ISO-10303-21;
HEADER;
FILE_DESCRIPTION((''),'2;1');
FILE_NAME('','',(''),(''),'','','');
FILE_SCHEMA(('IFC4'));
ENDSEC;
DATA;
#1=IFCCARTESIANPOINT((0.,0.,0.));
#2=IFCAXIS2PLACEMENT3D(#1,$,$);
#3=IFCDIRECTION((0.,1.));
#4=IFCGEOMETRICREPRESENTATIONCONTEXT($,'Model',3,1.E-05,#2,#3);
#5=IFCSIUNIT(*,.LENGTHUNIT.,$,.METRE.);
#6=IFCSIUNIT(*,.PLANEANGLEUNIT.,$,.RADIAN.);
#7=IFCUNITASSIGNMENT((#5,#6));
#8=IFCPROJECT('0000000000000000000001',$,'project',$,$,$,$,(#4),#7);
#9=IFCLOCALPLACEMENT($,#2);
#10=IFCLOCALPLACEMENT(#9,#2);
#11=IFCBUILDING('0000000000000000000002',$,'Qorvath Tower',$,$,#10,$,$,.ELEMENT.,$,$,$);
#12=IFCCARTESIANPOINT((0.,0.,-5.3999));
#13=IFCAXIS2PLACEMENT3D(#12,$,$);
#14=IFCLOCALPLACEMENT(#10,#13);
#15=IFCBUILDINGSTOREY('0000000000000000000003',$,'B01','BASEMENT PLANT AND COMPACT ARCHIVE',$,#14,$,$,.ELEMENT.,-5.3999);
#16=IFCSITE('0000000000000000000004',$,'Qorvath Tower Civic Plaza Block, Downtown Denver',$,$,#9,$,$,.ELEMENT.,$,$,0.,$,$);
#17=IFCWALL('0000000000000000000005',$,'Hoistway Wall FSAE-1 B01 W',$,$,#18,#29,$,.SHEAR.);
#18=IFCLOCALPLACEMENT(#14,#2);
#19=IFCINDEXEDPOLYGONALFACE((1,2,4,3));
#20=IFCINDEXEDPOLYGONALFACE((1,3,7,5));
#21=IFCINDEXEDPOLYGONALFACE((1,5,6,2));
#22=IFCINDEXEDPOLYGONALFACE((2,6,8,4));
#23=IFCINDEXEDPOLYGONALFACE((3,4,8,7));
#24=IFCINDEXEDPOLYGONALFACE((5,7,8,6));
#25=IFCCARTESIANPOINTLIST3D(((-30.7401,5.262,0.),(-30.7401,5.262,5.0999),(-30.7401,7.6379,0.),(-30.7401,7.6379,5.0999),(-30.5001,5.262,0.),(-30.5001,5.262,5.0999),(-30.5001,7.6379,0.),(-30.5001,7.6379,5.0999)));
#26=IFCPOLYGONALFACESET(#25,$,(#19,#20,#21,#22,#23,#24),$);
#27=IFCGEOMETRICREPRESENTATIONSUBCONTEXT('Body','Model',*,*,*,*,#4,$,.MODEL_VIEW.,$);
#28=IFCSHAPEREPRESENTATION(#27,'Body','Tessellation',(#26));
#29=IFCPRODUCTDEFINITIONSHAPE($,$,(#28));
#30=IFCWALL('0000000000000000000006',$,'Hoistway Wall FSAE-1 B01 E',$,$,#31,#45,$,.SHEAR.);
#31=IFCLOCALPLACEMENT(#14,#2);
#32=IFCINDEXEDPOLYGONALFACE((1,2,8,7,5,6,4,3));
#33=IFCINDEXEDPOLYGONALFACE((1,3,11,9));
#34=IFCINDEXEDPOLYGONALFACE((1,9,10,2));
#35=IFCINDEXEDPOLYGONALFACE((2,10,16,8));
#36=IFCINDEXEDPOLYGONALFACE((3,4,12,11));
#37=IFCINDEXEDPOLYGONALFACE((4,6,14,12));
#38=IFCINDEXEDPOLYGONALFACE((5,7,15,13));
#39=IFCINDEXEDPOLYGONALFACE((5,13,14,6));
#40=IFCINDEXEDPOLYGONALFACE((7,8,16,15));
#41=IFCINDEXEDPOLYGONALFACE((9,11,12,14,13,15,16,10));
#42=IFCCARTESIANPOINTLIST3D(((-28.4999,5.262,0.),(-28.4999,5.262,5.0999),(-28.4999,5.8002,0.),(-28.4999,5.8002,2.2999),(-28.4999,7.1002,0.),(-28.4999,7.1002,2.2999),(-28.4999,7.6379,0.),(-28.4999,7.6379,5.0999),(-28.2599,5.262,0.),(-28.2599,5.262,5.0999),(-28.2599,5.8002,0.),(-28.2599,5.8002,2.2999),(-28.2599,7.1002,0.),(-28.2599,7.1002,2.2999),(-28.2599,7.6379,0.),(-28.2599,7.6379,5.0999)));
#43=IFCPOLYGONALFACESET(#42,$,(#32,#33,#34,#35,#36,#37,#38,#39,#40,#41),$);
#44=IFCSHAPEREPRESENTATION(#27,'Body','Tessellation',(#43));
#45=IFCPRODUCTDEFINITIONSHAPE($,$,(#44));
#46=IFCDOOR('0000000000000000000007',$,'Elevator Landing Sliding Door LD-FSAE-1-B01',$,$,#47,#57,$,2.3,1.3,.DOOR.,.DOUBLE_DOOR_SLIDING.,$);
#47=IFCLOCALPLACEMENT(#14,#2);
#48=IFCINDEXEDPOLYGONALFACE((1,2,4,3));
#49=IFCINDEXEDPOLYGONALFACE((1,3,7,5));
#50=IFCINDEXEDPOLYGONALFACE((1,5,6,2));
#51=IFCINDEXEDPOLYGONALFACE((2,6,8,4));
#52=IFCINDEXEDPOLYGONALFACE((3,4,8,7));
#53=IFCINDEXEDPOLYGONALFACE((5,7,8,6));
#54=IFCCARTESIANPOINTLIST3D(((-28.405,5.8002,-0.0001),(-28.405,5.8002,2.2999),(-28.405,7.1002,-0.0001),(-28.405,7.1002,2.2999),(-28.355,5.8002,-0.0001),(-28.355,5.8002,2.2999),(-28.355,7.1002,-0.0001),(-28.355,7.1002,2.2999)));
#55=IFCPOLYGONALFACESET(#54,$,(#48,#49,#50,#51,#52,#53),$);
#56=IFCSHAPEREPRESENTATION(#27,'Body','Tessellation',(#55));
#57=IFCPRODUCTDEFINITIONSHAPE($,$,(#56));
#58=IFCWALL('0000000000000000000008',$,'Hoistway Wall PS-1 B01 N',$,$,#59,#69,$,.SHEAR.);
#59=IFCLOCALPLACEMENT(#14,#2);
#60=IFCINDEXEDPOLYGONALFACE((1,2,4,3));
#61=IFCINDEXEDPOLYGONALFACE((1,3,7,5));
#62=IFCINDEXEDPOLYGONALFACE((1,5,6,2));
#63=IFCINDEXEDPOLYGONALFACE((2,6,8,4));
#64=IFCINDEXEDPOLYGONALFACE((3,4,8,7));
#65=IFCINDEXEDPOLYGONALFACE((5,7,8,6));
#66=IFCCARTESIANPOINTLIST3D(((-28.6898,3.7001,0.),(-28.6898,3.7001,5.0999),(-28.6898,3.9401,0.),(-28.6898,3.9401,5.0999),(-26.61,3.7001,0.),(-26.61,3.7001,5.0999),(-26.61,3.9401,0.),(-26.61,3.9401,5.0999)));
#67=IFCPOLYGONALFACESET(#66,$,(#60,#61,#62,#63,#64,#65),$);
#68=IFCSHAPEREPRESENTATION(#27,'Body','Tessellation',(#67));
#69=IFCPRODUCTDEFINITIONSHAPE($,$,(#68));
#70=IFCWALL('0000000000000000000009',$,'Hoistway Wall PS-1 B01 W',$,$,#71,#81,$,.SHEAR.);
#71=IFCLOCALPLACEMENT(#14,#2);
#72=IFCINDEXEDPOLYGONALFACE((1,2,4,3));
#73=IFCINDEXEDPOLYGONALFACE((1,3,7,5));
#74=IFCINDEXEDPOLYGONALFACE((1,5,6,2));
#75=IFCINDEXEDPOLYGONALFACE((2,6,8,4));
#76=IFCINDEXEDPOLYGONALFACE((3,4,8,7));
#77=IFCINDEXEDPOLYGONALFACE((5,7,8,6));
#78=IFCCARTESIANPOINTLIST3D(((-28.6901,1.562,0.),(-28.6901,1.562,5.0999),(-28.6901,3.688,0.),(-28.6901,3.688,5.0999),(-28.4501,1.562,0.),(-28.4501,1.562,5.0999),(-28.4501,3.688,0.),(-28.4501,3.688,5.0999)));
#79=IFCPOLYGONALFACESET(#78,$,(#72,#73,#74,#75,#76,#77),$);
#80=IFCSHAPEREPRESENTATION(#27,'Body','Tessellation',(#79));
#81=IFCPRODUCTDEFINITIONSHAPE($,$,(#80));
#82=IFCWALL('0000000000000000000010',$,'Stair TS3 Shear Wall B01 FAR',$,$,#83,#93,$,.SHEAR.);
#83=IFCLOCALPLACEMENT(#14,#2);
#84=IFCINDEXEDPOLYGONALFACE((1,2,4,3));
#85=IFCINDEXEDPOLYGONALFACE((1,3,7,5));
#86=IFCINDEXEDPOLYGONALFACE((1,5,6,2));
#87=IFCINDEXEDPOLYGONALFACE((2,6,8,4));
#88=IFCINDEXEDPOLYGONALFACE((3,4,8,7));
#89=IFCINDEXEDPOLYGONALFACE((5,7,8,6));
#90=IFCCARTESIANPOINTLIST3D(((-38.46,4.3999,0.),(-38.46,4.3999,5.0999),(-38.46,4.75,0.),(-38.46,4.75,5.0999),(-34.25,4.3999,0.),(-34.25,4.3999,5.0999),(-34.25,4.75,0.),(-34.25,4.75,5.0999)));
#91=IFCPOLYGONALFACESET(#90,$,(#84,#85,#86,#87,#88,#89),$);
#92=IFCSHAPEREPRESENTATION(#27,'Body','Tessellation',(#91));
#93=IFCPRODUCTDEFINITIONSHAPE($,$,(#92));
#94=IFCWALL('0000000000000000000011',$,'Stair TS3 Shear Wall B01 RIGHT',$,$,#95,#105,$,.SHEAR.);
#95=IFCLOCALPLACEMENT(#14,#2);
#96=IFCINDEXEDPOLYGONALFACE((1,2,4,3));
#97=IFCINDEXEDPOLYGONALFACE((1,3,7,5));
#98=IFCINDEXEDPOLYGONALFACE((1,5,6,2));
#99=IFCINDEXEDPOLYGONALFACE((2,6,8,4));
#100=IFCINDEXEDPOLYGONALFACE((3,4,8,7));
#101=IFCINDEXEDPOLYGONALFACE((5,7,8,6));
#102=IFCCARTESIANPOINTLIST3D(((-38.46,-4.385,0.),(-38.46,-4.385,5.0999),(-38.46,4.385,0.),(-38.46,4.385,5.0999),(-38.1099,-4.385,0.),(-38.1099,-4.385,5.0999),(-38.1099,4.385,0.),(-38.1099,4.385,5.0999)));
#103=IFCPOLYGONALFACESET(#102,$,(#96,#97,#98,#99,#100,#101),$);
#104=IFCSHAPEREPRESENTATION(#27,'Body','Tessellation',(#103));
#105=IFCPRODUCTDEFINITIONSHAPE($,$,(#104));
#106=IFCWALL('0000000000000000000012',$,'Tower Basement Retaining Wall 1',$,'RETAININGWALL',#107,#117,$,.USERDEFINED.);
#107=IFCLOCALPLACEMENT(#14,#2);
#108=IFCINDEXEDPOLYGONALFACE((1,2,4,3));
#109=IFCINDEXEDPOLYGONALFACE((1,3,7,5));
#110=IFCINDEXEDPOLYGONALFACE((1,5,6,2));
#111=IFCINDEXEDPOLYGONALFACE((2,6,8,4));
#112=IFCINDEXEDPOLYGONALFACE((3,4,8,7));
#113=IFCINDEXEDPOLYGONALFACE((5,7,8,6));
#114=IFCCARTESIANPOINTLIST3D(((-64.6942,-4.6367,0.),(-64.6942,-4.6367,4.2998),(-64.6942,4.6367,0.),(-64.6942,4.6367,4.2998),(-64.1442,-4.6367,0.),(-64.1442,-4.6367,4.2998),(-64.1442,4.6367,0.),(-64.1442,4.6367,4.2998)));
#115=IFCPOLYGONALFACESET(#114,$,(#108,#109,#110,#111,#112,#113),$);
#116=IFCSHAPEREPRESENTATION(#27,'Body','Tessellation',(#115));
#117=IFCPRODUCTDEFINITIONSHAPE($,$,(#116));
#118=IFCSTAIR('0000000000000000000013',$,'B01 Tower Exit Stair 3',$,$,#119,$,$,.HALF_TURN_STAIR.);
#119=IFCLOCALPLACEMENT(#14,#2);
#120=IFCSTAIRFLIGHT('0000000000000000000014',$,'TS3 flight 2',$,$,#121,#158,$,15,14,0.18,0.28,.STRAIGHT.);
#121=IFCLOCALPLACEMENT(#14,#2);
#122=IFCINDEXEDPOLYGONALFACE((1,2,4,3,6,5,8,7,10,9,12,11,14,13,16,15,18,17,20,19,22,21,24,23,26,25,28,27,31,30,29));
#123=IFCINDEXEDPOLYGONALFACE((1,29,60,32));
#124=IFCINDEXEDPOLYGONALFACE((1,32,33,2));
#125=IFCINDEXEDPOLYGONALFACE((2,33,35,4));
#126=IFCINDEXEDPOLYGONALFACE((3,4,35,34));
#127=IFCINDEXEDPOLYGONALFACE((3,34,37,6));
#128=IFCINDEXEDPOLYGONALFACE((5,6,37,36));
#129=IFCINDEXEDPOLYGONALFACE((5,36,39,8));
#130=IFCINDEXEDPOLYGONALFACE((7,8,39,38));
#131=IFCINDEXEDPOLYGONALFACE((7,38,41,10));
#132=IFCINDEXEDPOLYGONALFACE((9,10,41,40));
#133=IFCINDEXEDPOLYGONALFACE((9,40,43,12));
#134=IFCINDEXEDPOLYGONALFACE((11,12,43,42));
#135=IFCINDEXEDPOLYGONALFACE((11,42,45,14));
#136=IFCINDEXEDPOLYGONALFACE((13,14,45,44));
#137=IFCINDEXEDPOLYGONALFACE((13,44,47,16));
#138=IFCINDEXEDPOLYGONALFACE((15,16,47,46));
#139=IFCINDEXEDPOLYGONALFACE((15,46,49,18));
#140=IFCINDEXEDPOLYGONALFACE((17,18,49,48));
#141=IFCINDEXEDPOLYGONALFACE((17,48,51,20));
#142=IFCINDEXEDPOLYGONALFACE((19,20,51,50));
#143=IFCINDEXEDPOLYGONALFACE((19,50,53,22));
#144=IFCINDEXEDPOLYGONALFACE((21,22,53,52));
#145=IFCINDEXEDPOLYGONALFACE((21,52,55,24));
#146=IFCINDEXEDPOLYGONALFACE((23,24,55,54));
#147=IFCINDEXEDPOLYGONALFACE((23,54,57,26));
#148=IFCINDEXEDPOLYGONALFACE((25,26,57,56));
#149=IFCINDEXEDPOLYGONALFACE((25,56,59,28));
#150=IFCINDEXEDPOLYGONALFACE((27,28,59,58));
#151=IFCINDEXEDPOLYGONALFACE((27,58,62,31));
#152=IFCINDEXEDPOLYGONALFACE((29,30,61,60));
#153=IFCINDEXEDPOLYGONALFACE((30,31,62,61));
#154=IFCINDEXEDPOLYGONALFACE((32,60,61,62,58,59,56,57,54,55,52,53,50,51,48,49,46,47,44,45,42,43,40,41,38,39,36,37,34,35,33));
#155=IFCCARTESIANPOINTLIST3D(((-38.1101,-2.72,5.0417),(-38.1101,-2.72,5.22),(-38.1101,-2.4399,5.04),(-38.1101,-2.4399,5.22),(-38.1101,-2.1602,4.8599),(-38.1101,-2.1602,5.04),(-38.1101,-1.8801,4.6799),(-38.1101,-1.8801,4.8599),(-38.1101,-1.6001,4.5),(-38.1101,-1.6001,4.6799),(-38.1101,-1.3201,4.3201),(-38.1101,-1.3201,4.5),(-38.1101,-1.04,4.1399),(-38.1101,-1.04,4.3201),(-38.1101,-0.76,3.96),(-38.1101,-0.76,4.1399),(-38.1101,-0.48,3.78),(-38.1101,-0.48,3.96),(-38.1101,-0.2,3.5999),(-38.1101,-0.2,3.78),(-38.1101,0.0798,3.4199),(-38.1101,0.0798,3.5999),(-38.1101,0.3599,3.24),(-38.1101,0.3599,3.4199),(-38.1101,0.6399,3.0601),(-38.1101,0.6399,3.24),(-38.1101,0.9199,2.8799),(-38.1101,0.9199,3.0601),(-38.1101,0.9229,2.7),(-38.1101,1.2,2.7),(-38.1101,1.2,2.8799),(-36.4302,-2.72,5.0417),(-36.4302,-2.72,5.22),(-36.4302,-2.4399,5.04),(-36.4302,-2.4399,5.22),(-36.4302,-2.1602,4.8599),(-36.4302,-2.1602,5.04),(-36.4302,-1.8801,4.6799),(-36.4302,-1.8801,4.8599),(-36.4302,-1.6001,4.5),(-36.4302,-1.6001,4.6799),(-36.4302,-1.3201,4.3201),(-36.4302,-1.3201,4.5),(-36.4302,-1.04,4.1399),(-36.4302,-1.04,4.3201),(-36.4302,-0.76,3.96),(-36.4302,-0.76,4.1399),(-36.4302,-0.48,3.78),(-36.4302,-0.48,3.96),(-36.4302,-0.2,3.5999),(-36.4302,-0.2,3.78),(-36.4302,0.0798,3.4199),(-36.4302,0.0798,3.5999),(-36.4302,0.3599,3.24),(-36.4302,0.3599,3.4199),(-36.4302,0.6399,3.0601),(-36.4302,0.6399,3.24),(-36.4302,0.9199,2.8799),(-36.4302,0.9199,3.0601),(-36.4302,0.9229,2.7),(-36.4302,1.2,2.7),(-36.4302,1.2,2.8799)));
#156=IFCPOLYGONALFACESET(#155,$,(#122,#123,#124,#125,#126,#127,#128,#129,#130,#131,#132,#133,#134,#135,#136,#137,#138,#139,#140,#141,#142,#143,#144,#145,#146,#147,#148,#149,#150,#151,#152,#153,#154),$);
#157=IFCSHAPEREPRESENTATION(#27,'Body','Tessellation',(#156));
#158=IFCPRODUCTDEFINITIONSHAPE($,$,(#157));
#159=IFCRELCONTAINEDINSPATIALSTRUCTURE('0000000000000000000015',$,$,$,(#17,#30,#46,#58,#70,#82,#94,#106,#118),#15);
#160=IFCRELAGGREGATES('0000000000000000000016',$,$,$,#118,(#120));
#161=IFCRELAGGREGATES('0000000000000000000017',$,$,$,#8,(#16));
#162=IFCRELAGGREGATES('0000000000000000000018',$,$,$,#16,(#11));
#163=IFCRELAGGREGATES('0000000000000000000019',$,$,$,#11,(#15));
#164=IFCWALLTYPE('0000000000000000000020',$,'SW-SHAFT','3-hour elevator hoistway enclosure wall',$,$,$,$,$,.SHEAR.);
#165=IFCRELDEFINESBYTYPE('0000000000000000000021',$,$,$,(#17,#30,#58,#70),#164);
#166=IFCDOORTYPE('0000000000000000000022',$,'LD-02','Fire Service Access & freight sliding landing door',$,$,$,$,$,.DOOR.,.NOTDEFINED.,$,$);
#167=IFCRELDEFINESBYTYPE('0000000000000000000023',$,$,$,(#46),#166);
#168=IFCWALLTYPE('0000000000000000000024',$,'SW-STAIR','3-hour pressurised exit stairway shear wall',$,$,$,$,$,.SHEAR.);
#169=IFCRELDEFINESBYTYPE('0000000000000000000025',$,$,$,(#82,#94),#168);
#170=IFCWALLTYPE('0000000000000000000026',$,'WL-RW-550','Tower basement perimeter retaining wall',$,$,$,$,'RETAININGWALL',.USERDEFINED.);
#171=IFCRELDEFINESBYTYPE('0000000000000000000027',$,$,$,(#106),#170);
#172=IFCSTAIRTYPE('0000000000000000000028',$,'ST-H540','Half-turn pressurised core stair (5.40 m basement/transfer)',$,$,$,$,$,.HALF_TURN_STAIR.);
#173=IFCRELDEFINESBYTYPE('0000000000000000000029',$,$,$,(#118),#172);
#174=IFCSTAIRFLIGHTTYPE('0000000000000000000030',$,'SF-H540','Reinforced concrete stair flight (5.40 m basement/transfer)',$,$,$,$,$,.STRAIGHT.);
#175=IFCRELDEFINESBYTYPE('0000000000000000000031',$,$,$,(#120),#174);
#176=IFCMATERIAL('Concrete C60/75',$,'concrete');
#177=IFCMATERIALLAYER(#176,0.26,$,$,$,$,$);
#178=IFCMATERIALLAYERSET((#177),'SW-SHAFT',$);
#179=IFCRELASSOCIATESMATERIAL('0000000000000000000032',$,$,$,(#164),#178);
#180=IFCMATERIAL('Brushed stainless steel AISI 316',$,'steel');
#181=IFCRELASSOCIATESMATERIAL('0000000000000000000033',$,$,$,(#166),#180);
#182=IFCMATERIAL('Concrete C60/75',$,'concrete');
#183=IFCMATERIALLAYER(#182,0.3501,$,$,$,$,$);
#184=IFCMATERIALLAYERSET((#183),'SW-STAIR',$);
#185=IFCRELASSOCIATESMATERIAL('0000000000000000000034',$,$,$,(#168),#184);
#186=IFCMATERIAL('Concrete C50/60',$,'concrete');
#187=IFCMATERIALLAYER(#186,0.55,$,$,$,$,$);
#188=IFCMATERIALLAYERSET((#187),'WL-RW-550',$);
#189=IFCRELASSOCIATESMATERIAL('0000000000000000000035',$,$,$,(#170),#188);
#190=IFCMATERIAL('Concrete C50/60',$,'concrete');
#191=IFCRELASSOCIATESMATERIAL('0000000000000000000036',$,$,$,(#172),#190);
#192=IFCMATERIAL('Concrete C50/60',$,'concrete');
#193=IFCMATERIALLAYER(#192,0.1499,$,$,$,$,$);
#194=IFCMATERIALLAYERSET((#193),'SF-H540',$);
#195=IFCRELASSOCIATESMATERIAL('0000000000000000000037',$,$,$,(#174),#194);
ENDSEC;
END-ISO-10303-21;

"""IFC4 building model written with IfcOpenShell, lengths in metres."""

from ifc_helpers import new_model, si_unit, direction, frame, frame_2d, origin, place, context, subcontext, project, spatial, polyline, rectangle, outline, extrude, material, layer, layer_set, type_object, element, fill, aggregate, save


model = new_model("IFC4")

# Units and contexts
model_context = context("Model", 3, precision=1e-05, world=origin(), true_north=direction((0.0, 1.0)))
body_context = subcontext(model_context, "Body", "Model", "MODEL_VIEW")
ifc_project = project(units=[si_unit("LENGTHUNIT", "METRE"), si_unit("PLANEANGLEUNIT", "RADIAN")], contexts=[model_context])

# Site, building, storey
site_placement = place(None, origin())
site = spatial("IfcSite", under=ifc_project, at=site_placement, Name="Qorvath Tower Civic Plaza Block, Downtown Denver", CompositionType="ELEMENT", RefElevation=0.0)
building_placement = place(site_placement, origin())
building = spatial("IfcBuilding", under=site, at=building_placement, Name="Qorvath Tower", CompositionType="ELEMENT")
storey_placement = place(building_placement, frame((0.0, 0.0, -5.3999)))
storey = spatial("IfcBuildingStorey", under=building, at=storey_placement, Name="B01", Description="BASEMENT PLANT AND COMPACT ARCHIVE", CompositionType="ELEMENT", Elevation=-5.3999)

# Wall
ifc_material_1 = material(Name="Concrete C60/75", Category="concrete")
ifc_layer_1 = layer(ifc_material_1, 0.26)
ifc_layer_set_1 = layer_set([ifc_layer_1], Name="SW-SHAFT")
wall_type_1 = type_object("IfcWallType", Name="SW-SHAFT", Description="3-hour elevator hoistway enclosure wall", PredefinedType="SHEAR", material=ifc_layer_set_1)
wall_1_placement = place(storey_placement, frame((-30.6201, 5.262, 0.0), z_axis=(0.0, 0.0, 1.0), x_axis=(0.0, 1.0, 0.0)))
element("IfcWall", 1, at=wall_1_placement, inside=storey, type_object=wall_type_1, Name="Hoistway Wall FSAE-1 B01 W", PredefinedType="SHEAR", context=body_context, shape_type="SweptSolid", body=[
    extrude(rectangle(XDim=2.376, YDim=0.24, at=frame_2d((1.188, 0.0))), origin(), (0.0, 0.0, 1.0), 5.0999),
])

# Wall, opening, door
wall_2_placement = place(storey_placement, frame((-28.3799, 7.6379, 0.0), z_axis=(0.0, 0.0, 1.0), x_axis=(0.0, -1.0, 0.0)))
wall_2 = element("IfcWall", 2, at=wall_2_placement, inside=storey, type_object=wall_type_1, Name="Hoistway Wall FSAE-1 B01 E", PredefinedType="SHEAR", context=body_context, shape_type="SweptSolid", body=[
    extrude(rectangle(XDim=2.376, YDim=0.24, at=frame_2d((1.188, 0.0))), origin(), (0.0, 0.0, 1.0), 5.0999),
])
opening_placement = place(wall_2_placement, frame((0.5378, 0.0, 0.0)))
opening = element("IfcOpeningElement", 3, at=opening_placement, cuts=wall_2, PredefinedType="OPENING", context=body_context, shape_type="SweptSolid", body=[
    extrude(rectangle(XDim=1.3, YDim=2.3, at=frame_2d((0.6499, 1.1499))), frame((0.0, 0.1299, 0.0), z_axis=(0.0, -1.0, 0.0), x_axis=(1.0, 0.0, 0.0)), (0.0, 0.0, 1.0), 0.26),
])
ifc_material_2 = material(Name="Brushed stainless steel AISI 316", Category="steel")
door_type = type_object("IfcDoorType", Name="LD-02", Description="Fire Service Access & freight sliding landing door", OperationType="NOTDEFINED", PredefinedType="DOOR", material=ifc_material_2)
door_placement = place(opening_placement, origin())
door = element("IfcDoor", 4, at=door_placement, inside=storey, type_object=door_type, Name="Elevator Landing Sliding Door LD-FSAE-1-B01", OperationType="DOUBLE_DOOR_SLIDING", OverallHeight=2.3, OverallWidth=1.3, PredefinedType="DOOR", context=body_context, shape_type="SweptSolid", body=[
    extrude(rectangle(XDim=1.3, YDim=2.3, at=frame_2d((0.6499, 1.1499))), frame((0.0, 0.0249, 0.0), z_axis=(0.0, -1.0, 0.0), x_axis=(1.0, 0.0, 0.0)), (0.0, 0.0, 1.0), 0.05),
])
fill(opening, door)

# Walls
wall_3_placement = place(storey_placement, frame((-28.6899, 3.8201, 0.0), z_axis=(0.0, 0.0, 1.0), x_axis=(1.0, 0.0, 0.0)))
element("IfcWall", 5, at=wall_3_placement, inside=storey, type_object=wall_type_1, Name="Hoistway Wall PS-1 B01 N", PredefinedType="SHEAR", context=body_context, shape_type="SweptSolid", body=[
    extrude(rectangle(XDim=2.0798, YDim=0.24, at=frame_2d((1.04, 0.0))), origin(), (0.0, 0.0, 1.0), 5.0999),
])
wall_4_placement = place(storey_placement, frame((-28.5701, 1.562, 0.0), z_axis=(0.0, 0.0, 1.0), x_axis=(0.0, 1.0, 0.0)))
element("IfcWall", 6, at=wall_4_placement, inside=storey, type_object=wall_type_1, Name="Hoistway Wall PS-1 B01 W", PredefinedType="SHEAR", context=body_context, shape_type="SweptSolid", body=[
    extrude(rectangle(XDim=2.126, YDim=0.24, at=frame_2d((1.063, 0.0))), origin(), (0.0, 0.0, 1.0), 5.0999),
])
ifc_material_3 = material(Name="Concrete C60/75", Category="concrete")
ifc_layer_2 = layer(ifc_material_3, 0.3501)
ifc_layer_set_2 = layer_set([ifc_layer_2], Name="SW-STAIR")
wall_type_2 = type_object("IfcWallType", Name="SW-STAIR", Description="3-hour pressurised exit stairway shear wall", PredefinedType="SHEAR", material=ifc_layer_set_2)
wall_5_placement = place(storey_placement, frame((-34.25, 4.575, 0.0), z_axis=(0.0, 0.0, 1.0), x_axis=(-1.0, 0.0, 0.0)))
element("IfcWall", 7, at=wall_5_placement, inside=storey, type_object=wall_type_2, Name="Stair TS3 Shear Wall B01 FAR", PredefinedType="SHEAR", context=body_context, shape_type="SweptSolid", body=[
    extrude(rectangle(XDim=4.21, YDim=0.3501, at=frame_2d((2.105, 0.0))), origin(), (0.0, 0.0, 1.0), 5.0999),
])
wall_6_placement = place(storey_placement, frame((-38.2849, 4.385, 0.0), z_axis=(0.0, 0.0, 1.0), x_axis=(0.0, -1.0, 0.0)))
element("IfcWall", 8, at=wall_6_placement, inside=storey, type_object=wall_type_2, Name="Stair TS3 Shear Wall B01 RIGHT", PredefinedType="SHEAR", context=body_context, shape_type="SweptSolid", body=[
    extrude(rectangle(XDim=8.77, YDim=0.3501, at=frame_2d((4.385, 0.0))), origin(), (0.0, 0.0, 1.0), 5.0999),
])
ifc_material_4 = material(Name="Concrete C50/60", Category="concrete")
ifc_layer_3 = layer(ifc_material_4, 0.55)
ifc_layer_set_3 = layer_set([ifc_layer_3], Name="WL-RW-550")
wall_type_3 = type_object("IfcWallType", Name="WL-RW-550", Description="Tower basement perimeter retaining wall", ElementType="RETAININGWALL", PredefinedType="USERDEFINED", material=ifc_layer_set_3)
wall_7_placement = place(storey_placement, frame((-64.4192, 4.6367, 0.0), z_axis=(0.0, 0.0, 1.0), x_axis=(0.0, -1.0, 0.0)))
element("IfcWall", 9, at=wall_7_placement, inside=storey, type_object=wall_type_3, Name="Tower Basement Retaining Wall 1", ObjectType="RETAININGWALL", PredefinedType="USERDEFINED", context=body_context, shape_type="SweptSolid", body=[
    extrude(rectangle(XDim=9.2734, YDim=0.55, at=frame_2d((4.6367, 0.0))), origin(), (0.0, 0.0, 1.0), 4.2998),
])

# Stair, stair flight
ifc_material_5 = material(Name="Concrete C50/60", Category="concrete")
stair_type = type_object("IfcStairType", Name="ST-H540", Description="Half-turn pressurised core stair (5.40 m basement/transfer)", PredefinedType="HALF_TURN_STAIR", material=ifc_material_5)
stair_placement = place(storey_placement, origin())
stair = element("IfcStair", 10, at=stair_placement, inside=storey, type_object=stair_type, Name="B01 Tower Exit Stair 3", PredefinedType="HALF_TURN_STAIR")
ifc_material_6 = material(Name="Concrete C50/60", Category="concrete")
ifc_layer_4 = layer(ifc_material_6, 0.1499)
ifc_layer_set_4 = layer_set([ifc_layer_4], Name="SF-H540")
stair_flight_type = type_object("IfcStairFlightType", Name="SF-H540", Description="Reinforced concrete stair flight (5.40 m basement/transfer)", PredefinedType="STRAIGHT", material=ifc_layer_set_4)
stair_flight_placement = place(storey_placement, frame((-37.27, 1.2, 2.7), z_axis=(0.0, 0.0, 1.0), x_axis=(0.0, -1.0, 0.0)))
stair_flight = element("IfcStairFlight", 11, at=stair_flight_placement, type_object=stair_flight_type, Name="TS3 flight 2", NumberOfRisers=15, NumberOfTreads=14, PredefinedType="STRAIGHT", RiserHeight=0.18, TreadLength=0.28, context=body_context, shape_type="SweptSolid", body=[
    extrude(outline(polyline([(0.0, 0.0), (0.0, 0.1799), (0.28, 0.1799), (0.28, 0.3601), (0.5601, 0.3601), (0.5601, 0.54), (0.8401, 0.54), (0.8401, 0.72), (1.1201, 0.72), (1.1201, 0.8999), (1.3999, 0.8999), (1.3999, 1.0801), (1.6799, 1.0801), (1.6799, 1.26), (1.96, 1.26), (1.96, 1.4399), (2.24, 1.4399), (2.24, 1.6201), (2.52, 1.6201), (2.52, 1.8), (2.8, 1.8), (2.8, 1.98), (3.0801, 1.98), (3.0801, 2.1599), (3.3601, 2.1599), (3.3601, 2.3401), (3.6399, 2.3401), (3.6399, 2.52), (3.9199, 2.52), (3.9199, 2.7), (3.9199, 2.3418), (0.2771, 0.0), (0.0, 0.0)])), frame((0.0, 0.8398, 0.0), z_axis=(0.0, -1.0, 0.0), x_axis=(1.0, 0.0, 0.0)), (0.0, 0.0, 1.0), 1.6799),
])
aggregate(stair, [stair_flight])

save(model, "model.ifc")
